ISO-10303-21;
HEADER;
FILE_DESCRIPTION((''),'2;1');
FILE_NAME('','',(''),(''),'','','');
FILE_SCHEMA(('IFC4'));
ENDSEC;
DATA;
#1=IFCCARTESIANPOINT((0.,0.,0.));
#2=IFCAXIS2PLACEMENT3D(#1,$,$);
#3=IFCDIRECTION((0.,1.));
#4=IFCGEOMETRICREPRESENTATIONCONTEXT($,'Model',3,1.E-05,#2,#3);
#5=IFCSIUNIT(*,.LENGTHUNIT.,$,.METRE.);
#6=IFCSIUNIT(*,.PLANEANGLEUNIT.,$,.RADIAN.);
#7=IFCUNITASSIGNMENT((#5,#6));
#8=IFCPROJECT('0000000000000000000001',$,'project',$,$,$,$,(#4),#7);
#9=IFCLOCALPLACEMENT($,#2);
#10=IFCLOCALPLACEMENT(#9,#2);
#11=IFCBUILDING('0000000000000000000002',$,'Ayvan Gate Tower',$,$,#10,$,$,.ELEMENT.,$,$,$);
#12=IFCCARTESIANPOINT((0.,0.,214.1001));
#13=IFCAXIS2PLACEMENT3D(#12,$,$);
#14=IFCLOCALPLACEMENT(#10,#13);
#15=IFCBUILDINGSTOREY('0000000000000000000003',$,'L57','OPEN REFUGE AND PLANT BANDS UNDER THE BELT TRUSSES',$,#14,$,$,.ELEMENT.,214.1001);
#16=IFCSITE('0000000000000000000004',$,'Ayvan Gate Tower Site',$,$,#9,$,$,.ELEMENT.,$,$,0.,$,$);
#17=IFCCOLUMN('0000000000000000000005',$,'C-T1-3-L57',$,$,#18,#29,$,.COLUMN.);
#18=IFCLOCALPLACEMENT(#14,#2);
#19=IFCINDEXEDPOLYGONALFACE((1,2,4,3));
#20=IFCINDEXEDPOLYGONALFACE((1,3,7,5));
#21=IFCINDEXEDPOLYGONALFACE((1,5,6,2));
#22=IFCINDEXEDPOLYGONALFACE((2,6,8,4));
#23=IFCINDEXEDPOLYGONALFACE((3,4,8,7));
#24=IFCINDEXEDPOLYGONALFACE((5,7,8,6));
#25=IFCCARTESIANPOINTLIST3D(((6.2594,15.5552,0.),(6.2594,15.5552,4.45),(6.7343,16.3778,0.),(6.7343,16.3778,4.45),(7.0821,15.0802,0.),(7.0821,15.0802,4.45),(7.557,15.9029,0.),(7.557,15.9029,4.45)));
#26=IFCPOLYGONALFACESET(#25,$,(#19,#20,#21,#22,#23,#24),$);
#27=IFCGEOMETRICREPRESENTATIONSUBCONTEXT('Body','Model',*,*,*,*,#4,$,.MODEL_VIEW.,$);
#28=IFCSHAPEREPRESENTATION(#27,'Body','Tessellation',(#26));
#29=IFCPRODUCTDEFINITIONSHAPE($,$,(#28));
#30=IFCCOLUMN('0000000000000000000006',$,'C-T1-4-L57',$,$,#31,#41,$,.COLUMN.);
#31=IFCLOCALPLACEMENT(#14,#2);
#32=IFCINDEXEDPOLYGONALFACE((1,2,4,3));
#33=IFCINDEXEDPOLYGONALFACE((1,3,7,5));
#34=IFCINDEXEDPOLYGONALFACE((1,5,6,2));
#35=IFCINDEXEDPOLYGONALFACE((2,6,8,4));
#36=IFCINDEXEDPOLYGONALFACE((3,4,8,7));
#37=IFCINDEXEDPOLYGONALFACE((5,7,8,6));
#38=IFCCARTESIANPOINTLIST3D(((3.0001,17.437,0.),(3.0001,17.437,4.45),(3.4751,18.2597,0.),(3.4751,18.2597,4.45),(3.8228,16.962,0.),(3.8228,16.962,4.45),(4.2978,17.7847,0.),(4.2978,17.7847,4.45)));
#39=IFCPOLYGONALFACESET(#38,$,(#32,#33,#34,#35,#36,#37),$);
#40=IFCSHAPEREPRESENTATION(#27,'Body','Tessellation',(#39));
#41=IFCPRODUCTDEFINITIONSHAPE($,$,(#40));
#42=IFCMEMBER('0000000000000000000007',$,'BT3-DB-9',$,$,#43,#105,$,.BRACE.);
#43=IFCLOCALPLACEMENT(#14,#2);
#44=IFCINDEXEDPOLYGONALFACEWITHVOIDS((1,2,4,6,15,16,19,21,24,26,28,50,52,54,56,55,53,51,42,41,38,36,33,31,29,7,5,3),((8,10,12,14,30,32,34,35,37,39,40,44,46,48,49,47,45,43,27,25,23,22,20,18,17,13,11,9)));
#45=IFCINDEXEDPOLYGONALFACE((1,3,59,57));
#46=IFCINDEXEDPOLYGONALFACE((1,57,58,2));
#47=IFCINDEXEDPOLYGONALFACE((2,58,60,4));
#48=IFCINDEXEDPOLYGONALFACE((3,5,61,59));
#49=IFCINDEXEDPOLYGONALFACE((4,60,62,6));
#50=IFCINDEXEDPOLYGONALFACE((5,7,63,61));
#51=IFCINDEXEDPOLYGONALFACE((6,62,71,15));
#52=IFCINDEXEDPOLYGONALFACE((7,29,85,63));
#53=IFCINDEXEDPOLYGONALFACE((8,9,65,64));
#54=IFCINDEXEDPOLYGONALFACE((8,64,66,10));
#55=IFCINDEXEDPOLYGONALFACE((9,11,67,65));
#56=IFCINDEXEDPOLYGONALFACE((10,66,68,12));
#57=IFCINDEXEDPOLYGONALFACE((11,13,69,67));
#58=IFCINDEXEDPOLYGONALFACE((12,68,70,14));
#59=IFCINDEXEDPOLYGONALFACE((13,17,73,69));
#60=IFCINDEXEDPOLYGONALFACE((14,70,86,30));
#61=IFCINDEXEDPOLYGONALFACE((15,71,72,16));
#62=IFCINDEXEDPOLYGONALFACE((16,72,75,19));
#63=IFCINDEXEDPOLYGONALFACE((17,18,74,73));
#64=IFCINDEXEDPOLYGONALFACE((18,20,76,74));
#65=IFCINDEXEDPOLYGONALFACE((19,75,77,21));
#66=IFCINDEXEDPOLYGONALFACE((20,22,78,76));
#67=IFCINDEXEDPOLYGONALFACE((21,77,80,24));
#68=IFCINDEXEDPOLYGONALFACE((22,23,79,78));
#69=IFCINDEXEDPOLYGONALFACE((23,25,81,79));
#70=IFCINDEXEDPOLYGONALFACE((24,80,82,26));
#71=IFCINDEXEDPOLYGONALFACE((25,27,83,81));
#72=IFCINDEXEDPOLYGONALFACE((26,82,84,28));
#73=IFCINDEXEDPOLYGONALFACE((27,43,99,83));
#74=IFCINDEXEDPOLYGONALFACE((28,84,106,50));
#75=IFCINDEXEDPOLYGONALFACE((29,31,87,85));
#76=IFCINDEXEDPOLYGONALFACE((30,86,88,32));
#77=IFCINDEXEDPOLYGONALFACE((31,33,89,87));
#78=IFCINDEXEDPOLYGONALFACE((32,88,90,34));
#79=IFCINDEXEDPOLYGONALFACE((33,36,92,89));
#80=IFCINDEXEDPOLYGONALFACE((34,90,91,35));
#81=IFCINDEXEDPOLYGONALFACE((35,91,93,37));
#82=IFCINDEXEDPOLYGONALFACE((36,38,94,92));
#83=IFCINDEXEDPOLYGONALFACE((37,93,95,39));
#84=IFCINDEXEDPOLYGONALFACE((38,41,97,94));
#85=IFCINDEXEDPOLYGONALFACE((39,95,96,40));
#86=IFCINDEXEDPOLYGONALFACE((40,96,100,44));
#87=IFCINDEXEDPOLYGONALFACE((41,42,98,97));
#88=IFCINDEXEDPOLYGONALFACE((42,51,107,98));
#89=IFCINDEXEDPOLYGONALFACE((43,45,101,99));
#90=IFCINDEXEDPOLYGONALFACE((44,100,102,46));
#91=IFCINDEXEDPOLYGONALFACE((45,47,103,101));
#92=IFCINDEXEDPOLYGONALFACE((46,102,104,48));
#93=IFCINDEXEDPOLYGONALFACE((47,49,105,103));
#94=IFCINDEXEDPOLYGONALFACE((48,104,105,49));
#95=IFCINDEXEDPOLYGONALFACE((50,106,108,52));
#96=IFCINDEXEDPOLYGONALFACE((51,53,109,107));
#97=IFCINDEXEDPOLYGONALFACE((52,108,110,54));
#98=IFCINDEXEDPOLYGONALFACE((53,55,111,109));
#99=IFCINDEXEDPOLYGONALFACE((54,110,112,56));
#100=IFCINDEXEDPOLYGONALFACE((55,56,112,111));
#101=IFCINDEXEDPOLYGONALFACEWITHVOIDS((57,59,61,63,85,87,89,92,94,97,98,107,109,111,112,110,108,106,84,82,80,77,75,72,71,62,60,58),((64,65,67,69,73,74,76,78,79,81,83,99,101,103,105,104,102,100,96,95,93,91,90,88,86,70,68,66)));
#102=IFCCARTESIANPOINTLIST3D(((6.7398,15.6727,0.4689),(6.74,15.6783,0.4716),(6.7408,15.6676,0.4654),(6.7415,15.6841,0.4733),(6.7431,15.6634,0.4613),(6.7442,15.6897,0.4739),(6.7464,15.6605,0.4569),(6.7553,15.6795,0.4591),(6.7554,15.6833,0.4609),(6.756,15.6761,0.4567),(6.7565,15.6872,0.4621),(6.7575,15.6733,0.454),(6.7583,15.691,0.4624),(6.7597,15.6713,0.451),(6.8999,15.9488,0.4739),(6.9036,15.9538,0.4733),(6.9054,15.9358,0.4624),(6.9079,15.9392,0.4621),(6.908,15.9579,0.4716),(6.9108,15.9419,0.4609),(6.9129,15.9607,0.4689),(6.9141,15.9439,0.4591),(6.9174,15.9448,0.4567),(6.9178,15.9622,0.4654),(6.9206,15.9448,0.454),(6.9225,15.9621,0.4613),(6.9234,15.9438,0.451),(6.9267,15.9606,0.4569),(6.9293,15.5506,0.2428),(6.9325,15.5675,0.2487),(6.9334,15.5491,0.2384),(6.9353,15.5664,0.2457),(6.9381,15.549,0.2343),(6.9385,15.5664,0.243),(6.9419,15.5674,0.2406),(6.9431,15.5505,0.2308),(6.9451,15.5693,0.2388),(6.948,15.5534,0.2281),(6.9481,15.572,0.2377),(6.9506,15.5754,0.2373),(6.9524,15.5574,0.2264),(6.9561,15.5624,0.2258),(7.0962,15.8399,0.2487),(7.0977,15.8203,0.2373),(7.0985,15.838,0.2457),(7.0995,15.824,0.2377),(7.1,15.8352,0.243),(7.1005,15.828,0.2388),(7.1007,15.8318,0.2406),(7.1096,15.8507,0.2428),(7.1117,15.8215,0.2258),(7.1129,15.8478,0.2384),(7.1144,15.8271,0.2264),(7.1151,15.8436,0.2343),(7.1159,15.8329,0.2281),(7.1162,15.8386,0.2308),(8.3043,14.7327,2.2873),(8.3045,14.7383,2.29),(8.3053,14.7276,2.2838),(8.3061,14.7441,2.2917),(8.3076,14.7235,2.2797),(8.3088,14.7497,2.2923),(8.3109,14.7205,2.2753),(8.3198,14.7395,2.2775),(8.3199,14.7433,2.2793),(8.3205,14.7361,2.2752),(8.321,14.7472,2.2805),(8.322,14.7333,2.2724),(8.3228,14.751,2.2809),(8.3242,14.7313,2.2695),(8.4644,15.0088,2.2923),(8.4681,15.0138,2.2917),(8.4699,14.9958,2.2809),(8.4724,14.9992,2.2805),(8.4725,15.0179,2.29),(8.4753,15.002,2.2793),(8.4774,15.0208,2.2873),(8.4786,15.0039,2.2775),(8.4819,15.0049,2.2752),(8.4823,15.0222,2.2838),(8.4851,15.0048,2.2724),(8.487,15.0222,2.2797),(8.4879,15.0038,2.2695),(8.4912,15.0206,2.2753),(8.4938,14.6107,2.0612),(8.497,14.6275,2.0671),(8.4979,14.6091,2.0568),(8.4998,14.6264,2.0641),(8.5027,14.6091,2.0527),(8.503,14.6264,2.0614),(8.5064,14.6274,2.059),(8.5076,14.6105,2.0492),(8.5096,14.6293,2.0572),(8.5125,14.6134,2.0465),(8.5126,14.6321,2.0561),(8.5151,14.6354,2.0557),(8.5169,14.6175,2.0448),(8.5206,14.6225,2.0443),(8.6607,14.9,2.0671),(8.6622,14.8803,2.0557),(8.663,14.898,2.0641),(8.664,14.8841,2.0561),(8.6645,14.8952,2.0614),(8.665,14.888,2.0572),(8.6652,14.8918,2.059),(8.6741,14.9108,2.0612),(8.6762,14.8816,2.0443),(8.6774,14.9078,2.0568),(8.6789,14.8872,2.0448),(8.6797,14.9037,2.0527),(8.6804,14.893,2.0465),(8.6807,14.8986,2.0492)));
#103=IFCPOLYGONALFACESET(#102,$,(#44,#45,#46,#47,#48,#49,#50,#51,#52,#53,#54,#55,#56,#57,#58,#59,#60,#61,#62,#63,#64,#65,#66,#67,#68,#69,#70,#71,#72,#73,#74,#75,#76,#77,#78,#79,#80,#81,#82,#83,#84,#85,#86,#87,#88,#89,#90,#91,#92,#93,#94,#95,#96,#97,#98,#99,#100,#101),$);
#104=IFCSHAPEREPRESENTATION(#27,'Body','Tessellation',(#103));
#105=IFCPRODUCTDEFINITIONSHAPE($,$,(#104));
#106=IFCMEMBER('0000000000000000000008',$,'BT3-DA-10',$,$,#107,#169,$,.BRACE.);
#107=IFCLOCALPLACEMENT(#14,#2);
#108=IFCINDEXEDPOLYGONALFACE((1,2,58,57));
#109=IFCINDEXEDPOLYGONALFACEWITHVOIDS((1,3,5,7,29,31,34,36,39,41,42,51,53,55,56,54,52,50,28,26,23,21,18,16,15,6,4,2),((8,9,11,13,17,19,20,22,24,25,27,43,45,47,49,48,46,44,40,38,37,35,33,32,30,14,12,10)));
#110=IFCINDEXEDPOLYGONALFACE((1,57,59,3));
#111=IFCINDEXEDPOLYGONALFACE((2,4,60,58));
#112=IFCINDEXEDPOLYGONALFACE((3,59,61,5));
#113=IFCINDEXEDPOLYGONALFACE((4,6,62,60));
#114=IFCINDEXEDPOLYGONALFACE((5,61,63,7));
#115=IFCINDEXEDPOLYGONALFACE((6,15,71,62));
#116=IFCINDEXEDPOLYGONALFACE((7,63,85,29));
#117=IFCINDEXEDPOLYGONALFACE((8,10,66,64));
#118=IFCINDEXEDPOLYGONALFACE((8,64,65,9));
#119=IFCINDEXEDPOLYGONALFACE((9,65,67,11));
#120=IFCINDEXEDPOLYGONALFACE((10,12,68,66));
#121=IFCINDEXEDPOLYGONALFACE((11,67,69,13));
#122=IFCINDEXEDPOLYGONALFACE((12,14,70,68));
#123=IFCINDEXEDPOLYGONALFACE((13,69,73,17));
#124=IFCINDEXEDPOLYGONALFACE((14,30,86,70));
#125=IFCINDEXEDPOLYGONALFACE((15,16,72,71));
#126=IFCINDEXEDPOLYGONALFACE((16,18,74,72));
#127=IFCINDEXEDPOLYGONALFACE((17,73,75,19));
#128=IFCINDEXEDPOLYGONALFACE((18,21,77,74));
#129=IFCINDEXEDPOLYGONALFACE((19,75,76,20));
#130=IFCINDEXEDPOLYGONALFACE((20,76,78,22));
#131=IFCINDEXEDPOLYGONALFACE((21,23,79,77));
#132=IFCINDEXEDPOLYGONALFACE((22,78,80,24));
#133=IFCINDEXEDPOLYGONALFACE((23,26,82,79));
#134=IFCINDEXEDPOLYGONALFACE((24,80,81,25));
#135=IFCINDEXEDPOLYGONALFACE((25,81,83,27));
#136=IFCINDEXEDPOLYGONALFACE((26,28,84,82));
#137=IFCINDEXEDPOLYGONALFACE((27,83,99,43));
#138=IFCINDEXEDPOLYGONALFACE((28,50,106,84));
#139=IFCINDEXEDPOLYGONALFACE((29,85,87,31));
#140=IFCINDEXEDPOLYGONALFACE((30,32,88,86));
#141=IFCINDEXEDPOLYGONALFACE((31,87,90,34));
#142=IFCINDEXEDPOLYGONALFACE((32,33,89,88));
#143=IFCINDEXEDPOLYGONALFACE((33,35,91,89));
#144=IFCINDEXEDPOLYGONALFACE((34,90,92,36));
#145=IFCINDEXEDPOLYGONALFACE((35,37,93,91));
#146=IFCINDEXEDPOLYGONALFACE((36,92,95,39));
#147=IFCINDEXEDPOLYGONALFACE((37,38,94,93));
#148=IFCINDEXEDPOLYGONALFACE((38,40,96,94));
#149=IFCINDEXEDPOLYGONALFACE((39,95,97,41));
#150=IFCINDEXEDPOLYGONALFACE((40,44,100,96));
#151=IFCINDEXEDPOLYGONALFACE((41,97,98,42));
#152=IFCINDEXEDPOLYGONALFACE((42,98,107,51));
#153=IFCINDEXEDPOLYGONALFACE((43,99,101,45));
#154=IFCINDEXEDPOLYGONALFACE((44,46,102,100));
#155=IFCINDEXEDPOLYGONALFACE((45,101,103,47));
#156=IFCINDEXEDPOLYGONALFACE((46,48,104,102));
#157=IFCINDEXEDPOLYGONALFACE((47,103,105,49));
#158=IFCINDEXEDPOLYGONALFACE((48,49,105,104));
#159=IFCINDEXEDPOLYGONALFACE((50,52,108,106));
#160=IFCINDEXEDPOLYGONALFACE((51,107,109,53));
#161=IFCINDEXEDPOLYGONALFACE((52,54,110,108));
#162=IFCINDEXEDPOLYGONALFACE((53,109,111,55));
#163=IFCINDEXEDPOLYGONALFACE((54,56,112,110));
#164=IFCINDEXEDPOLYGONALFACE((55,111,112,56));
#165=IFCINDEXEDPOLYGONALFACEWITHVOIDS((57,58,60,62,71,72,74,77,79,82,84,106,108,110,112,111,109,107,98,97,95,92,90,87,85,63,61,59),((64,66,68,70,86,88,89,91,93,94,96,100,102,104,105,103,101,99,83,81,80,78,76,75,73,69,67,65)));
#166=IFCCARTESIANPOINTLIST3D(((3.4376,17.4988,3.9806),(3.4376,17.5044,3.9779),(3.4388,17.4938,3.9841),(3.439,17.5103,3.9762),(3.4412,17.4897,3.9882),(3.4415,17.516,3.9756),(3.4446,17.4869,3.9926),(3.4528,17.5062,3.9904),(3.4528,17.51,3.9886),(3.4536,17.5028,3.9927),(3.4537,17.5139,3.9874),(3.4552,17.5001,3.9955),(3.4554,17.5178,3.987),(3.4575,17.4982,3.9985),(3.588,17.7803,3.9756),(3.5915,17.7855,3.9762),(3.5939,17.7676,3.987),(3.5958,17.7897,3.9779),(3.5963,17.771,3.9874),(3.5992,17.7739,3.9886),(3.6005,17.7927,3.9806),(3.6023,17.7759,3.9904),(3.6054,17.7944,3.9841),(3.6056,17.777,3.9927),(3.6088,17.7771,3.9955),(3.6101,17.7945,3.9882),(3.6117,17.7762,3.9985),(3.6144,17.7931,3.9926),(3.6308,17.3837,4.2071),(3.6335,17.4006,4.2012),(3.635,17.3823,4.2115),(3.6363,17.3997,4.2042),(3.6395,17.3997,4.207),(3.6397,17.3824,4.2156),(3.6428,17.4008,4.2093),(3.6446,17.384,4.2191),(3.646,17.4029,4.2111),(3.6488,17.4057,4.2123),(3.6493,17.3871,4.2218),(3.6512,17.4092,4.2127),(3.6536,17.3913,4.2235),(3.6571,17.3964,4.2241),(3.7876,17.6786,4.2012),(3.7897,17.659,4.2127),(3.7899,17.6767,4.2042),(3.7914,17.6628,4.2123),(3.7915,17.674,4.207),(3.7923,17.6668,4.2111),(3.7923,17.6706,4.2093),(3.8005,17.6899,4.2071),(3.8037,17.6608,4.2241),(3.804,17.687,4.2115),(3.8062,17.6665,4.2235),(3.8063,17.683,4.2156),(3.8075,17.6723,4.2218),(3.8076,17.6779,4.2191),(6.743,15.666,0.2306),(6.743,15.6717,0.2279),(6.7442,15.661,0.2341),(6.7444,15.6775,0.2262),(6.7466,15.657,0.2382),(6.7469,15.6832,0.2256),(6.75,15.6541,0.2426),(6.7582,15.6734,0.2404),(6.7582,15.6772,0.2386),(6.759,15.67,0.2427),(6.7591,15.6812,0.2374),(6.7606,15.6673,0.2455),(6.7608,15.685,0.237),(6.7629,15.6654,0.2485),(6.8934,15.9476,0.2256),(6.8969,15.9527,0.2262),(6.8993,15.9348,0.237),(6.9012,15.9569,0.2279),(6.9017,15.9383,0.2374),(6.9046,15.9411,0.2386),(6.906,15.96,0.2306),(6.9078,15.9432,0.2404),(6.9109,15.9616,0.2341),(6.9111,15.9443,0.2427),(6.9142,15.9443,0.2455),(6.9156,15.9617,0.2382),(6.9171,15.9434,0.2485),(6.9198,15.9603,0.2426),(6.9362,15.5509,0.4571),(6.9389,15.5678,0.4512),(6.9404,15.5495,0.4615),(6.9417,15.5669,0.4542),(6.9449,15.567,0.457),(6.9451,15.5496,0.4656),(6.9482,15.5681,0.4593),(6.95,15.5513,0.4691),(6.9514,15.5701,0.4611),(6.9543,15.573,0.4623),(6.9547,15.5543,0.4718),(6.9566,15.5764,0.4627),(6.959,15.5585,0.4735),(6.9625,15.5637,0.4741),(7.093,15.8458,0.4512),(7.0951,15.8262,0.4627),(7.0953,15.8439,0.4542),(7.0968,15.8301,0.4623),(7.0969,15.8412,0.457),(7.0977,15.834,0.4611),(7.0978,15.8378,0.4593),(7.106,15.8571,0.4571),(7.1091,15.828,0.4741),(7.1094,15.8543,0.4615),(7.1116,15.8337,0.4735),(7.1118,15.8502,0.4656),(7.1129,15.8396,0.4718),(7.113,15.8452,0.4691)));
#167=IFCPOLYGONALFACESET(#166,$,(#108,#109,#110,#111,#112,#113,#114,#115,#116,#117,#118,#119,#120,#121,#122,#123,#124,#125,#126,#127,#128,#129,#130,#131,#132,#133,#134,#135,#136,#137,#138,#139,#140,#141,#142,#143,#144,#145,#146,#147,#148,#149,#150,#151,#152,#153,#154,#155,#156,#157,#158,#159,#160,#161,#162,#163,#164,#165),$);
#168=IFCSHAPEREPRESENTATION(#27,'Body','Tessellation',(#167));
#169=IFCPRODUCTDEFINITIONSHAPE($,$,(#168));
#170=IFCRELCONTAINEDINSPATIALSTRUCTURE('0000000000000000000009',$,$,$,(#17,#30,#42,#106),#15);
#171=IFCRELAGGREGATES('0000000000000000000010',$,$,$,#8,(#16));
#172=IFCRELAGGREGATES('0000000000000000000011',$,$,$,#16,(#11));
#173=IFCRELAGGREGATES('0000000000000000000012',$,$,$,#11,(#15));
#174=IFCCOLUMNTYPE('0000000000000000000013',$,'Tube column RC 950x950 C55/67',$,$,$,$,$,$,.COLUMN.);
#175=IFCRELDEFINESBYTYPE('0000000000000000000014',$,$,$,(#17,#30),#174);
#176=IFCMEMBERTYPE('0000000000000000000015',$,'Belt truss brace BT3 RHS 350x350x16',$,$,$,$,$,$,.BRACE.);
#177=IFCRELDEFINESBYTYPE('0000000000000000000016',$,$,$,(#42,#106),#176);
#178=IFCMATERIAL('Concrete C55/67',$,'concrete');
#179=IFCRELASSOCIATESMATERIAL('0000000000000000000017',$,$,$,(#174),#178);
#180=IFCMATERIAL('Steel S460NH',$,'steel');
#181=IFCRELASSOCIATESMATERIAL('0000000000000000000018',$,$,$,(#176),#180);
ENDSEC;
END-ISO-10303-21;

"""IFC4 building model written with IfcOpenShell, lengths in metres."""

from ifc_helpers import new_model, si_unit, direction, frame, origin, origin_2d, place, context, subcontext, project, spatial, rectangle, hollow_rectangle, extrude, material, material_profile, profile_set, type_object, element, save


model = new_model("IFC4")

# Units and contexts
model_context = context("Model", 3, precision=1e-05, world=origin(), true_north=direction((0.0, 1.0)))
body_context = subcontext(model_context, "Body", "Model", "MODEL_VIEW")
ifc_project = project(units=[si_unit("LENGTHUNIT", "METRE"), si_unit("PLANEANGLEUNIT", "RADIAN")], contexts=[model_context])

# Site, building, storey
site_placement = place(None, origin())
site = spatial("IfcSite", under=ifc_project, at=site_placement, Name="Ayvan Gate Tower Site", CompositionType="ELEMENT", RefElevation=0.0)
building_placement = place(site_placement, origin())
building = spatial("IfcBuilding", under=site, at=building_placement, Name="Ayvan Gate Tower", CompositionType="ELEMENT")
storey_placement = place(building_placement, frame((0.0, 0.0, 214.1001)))
storey = spatial("IfcBuildingStorey", under=building, at=storey_placement, Name="L57", Description="OPEN REFUGE AND PLANT BANDS UNDER THE BELT TRUSSES", CompositionType="ELEMENT", Elevation=214.1001)

# Columns
ifc_material_1 = material(Name="Concrete C55/67", Category="concrete")
ifc_material_profile_1 = material_profile(ifc_material_1, rectangle(XDim=0.95, YDim=0.95, at=origin_2d()), Name="RC 950x950")
ifc_profile_set_1 = profile_set([ifc_material_profile_1], Name="Concrete C55/67")
column_type = type_object("IfcColumnType", Name="Tube column RC 950x950 C55/67", PredefinedType="COLUMN", material=ifc_profile_set_1)
for number, where, z_axis, x_axis, name in (
    (1, (6.9082, 15.729, 0.0), (0.0, 0.0, 1.0), (0.5, 0.866025, 0.0), "C-T1-3-L57"),
    (2, (3.6489, 17.6108, 0.0), (0.0, 0.0, 1.0), (0.5, 0.866025, 0.0), "C-T1-4-L57"),
):
    element("IfcColumn", number, at=place(storey_placement, frame(where, z_axis=z_axis, x_axis=x_axis)), inside=storey, type_object=column_type, Name=name, PredefinedType="COLUMN", context=body_context, shape_type="SweptSolid", body=[
        extrude(rectangle(XDim=0.95, YDim=0.95, at=origin_2d()), origin(), (0.0, 0.0, 1.0), 4.45),
    ])

# Members
ifc_material_2 = material(Name="Steel S460NH", Category="steel")
ifc_material_profile_2 = material_profile(ifc_material_2, hollow_rectangle(XDim=0.3501, YDim=0.3501, WallThickness=0.0161, InnerFilletRadius=0.0161, OuterFilletRadius=0.0239, at=origin_2d()), Name="RHS 350x350x16")
ifc_profile_set_2 = profile_set([ifc_material_profile_2], Name="Steel S460NH")
member_type_1 = type_object("IfcMemberType", Name="Belt truss brace BT3 RHS 350x350x16", PredefinedType="BRACE", material=ifc_profile_set_2)
member_1_placement = place(storey_placement, frame((6.928, 15.7556, 0.3499), z_axis=(0.607243, -0.364839, 0.705797), x_axis=(0.515007, 0.857186, 0.0)))
element("IfcMember", 3, at=member_1_placement, inside=storey, type_object=member_type_1, Name="BT3-DB-9", PredefinedType="BRACE", context=body_context, shape_type="SweptSolid", body=[
    extrude(hollow_rectangle(XDim=0.3501, YDim=0.3501, WallThickness=0.0161, InnerFilletRadius=0.0161, OuterFilletRadius=0.0239, at=origin_2d()), origin(), (0.0, 0.0, 1.0), 2.5764),
])
member_2_placement = place(storey_placement, frame((6.928, 15.7556, 0.3499), z_axis=(-0.620827, 0.344231, 0.704328), x_axis=(-0.484919, -0.874559, 0.0)))
element("IfcMember", 4, at=member_2_placement, inside=storey, type_object=member_type_1, Name="BT3-DA-10", PredefinedType="BRACE", context=body_context, shape_type="SweptSolid", body=[
    extrude(hollow_rectangle(XDim=0.3501, YDim=0.3501, WallThickness=0.0161, InnerFilletRadius=0.0161, OuterFilletRadius=0.0239, at=origin_2d()), origin(), (0.0, 0.0, 1.0), 5.3242),
])

save(model, "model.ifc")
